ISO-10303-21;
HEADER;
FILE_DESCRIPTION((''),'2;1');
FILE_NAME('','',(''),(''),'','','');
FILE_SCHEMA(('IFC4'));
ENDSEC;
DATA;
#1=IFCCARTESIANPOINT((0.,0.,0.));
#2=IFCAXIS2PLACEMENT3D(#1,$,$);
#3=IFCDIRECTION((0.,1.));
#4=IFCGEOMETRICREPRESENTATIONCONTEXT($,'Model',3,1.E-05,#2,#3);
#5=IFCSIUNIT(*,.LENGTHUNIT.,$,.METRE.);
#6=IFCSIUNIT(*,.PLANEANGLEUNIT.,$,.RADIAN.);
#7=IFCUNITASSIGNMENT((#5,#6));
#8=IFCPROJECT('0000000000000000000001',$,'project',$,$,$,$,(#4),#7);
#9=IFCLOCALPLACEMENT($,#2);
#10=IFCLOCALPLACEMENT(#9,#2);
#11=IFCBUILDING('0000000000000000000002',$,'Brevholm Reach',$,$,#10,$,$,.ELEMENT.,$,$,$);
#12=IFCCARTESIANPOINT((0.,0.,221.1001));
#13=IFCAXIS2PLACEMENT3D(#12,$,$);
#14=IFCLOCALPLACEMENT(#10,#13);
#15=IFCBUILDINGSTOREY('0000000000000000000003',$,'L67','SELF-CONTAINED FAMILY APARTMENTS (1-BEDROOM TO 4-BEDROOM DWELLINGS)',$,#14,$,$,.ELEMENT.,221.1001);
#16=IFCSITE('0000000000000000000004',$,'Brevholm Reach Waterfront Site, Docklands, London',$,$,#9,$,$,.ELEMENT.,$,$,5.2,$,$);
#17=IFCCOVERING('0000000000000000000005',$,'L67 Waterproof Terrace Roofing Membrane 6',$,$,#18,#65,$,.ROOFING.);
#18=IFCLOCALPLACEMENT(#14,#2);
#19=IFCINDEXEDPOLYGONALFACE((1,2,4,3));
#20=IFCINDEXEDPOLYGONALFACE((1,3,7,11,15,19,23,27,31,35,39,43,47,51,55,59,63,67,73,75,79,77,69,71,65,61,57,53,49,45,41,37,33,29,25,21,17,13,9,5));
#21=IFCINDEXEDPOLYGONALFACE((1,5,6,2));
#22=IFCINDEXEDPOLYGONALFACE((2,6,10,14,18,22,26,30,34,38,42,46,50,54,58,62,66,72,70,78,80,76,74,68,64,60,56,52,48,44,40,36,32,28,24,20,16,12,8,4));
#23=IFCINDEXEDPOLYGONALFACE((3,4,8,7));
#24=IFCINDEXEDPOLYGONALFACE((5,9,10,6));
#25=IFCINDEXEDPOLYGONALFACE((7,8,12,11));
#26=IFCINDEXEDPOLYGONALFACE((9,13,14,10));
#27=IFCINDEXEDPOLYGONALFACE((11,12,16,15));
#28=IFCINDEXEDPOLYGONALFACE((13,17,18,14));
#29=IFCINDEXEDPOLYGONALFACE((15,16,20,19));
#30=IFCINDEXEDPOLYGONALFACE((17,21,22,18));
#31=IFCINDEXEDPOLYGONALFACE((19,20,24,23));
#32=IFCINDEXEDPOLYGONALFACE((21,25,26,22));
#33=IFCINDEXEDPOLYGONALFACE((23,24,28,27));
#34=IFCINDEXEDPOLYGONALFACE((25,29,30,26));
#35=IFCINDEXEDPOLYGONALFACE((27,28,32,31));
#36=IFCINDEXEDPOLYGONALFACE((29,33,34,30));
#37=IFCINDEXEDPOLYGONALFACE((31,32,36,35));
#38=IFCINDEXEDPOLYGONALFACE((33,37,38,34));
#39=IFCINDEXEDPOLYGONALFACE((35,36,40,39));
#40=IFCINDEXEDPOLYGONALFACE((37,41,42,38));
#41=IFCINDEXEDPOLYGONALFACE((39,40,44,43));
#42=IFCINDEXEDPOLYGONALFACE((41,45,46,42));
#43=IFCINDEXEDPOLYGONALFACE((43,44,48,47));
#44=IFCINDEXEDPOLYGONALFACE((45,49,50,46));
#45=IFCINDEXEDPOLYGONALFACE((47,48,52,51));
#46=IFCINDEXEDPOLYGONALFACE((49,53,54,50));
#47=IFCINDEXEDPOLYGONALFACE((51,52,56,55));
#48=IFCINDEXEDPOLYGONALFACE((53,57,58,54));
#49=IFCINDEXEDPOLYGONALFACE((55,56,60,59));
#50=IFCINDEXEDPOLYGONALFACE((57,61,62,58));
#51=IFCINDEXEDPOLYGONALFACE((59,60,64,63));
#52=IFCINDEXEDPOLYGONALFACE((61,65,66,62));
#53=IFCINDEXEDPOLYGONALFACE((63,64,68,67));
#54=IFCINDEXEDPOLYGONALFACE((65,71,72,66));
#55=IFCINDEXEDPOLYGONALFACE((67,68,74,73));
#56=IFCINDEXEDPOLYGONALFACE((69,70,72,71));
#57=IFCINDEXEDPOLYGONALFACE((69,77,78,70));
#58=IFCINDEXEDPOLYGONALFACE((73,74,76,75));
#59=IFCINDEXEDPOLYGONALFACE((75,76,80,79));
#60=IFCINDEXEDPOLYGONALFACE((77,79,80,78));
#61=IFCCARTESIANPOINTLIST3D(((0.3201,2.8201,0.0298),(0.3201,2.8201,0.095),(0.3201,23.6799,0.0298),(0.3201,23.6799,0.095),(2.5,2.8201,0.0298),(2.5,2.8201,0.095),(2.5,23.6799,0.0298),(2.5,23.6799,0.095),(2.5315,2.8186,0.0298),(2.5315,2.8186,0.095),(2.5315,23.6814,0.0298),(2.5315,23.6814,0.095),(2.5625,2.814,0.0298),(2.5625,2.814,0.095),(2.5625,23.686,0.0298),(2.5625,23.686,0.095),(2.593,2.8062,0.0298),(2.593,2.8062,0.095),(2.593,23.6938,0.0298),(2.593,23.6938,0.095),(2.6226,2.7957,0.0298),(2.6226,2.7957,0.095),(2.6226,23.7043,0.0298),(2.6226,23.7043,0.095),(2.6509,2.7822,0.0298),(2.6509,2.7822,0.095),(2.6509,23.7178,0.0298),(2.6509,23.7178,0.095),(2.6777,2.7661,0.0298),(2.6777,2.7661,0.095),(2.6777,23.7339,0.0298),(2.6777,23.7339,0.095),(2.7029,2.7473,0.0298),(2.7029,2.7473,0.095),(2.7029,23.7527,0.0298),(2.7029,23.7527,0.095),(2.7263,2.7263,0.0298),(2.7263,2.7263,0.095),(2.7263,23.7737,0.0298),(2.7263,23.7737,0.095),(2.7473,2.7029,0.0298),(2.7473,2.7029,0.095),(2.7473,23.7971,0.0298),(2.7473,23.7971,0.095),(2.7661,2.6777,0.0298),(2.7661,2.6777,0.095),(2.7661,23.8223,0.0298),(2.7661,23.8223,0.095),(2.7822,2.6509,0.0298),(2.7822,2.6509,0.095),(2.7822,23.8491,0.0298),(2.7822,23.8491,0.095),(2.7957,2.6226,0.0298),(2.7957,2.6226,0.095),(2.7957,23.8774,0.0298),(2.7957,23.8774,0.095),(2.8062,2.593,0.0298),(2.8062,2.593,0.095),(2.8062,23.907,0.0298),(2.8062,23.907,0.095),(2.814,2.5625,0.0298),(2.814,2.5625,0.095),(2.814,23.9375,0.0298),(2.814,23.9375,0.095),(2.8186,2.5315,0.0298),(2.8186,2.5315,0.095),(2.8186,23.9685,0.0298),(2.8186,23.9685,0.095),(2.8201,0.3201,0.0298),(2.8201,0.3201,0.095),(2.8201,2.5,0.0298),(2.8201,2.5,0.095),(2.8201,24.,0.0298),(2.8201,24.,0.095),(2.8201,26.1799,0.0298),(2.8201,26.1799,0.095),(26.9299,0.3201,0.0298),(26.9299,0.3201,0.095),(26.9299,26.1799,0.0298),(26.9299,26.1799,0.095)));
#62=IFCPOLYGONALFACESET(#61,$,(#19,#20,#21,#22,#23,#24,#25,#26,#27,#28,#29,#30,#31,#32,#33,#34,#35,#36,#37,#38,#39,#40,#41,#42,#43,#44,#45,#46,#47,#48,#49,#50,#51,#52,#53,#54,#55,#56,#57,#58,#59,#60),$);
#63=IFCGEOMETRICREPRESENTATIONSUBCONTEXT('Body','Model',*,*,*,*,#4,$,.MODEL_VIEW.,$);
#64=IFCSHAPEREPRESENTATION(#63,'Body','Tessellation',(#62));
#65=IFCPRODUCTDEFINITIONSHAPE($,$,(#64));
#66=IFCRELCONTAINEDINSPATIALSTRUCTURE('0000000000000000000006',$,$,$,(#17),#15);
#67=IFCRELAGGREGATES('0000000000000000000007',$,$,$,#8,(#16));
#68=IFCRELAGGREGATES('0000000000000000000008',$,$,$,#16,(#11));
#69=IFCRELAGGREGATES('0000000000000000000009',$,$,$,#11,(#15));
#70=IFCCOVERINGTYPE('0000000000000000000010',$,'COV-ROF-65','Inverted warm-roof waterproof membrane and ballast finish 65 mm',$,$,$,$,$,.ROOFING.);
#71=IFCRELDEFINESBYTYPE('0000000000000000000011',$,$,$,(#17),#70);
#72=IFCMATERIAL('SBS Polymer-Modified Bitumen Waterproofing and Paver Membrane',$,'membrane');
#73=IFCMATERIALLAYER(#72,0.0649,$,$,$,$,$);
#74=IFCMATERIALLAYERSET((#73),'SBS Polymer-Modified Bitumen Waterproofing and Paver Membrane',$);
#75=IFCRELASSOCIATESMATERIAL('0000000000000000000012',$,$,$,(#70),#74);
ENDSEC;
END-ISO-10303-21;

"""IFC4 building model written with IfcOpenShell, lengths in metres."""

from ifc_helpers import new_model, si_unit, direction, frame, origin, place, context, subcontext, project, spatial, polyline, outline, extrude, material, layer, layer_set, type_object, element, save


model = new_model("IFC4")

# Units and contexts
model_context = context("Model", 3, precision=1e-05, world=origin(), true_north=direction((0.0, 1.0)))
body_context = subcontext(model_context, "Body", "Model", "MODEL_VIEW")
ifc_project = project(units=[si_unit("LENGTHUNIT", "METRE"), si_unit("PLANEANGLEUNIT", "RADIAN")], contexts=[model_context])

# Site, building, storey
site_placement = place(None, origin())
site = spatial("IfcSite", under=ifc_project, at=site_placement, Name="Brevholm Reach Waterfront Site, Docklands, London", CompositionType="ELEMENT", RefElevation=5.2)
building_placement = place(site_placement, origin())
building = spatial("IfcBuilding", under=site, at=building_placement, Name="Brevholm Reach", CompositionType="ELEMENT")
storey_placement = place(building_placement, frame((0.0, 0.0, 221.1001)))
storey = spatial("IfcBuildingStorey", under=building, at=storey_placement, Name="L67", Description="SELF-CONTAINED FAMILY APARTMENTS (1-BEDROOM TO 4-BEDROOM DWELLINGS)", CompositionType="ELEMENT", Elevation=221.1001)

# Covering
ifc_material_1 = material(Name="SBS Polymer-Modified Bitumen Waterproofing and Paver Membrane", Category="membrane")
ifc_layer_1 = layer(ifc_material_1, 0.0649)
ifc_layer_set_1 = layer_set([ifc_layer_1], Name="SBS Polymer-Modified Bitumen Waterproofing and Paver Membrane")
covering_type_1 = type_object("IfcCoveringType", Name="COV-ROF-65", Description="Inverted warm-roof waterproof membrane and ballast finish 65 mm", PredefinedType="ROOFING", material=ifc_layer_set_1)
covering_1_placement = place(storey_placement, frame((0.0, 0.0, 0.0298)))
element("IfcCovering", 1, at=covering_1_placement, inside=storey, type_object=covering_type_1, Name="L67 Waterproof Terrace Roofing Membrane 6", PredefinedType="ROOFING", context=body_context, shape_type="SweptSolid", body=[
    extrude(outline(polyline([(2.8201, 0.3201), (2.8201, 2.5), (2.8186, 2.5315), (2.814, 2.5625), (2.8062, 2.593), (2.7957, 2.6226), (2.7822, 2.6509), (2.7661, 2.6777), (2.7473, 2.7029), (2.7263, 2.7263), (2.7029, 2.7473), (2.6777, 2.7661), (2.6509, 2.7822), (2.6226, 2.7957), (2.593, 2.8062), (2.5625, 2.814), (2.5315, 2.8186), (2.5, 2.8201), (0.3201, 2.8201), (0.3201, 23.6799), (2.5, 23.6799), (2.5315, 23.6814), (2.5625, 23.686), (2.593, 23.6938), (2.6226, 23.7043), (2.6509, 23.7178), (2.6777, 23.7339), (2.7029, 23.7527), (2.7263, 23.7737), (2.7473, 23.7971), (2.7661, 23.8223), (2.7822, 23.8491), (2.7957, 23.8774), (2.8062, 23.907), (2.814, 23.9375), (2.8186, 23.9685), (2.8201, 24.0), (2.8201, 26.1799), (26.9299, 26.1799), (26.9299, 0.3201), (2.8201, 0.3201)])), origin(), (0.0, 0.0, 1.0), 0.0652),
])

save(model, "model.ifc")
